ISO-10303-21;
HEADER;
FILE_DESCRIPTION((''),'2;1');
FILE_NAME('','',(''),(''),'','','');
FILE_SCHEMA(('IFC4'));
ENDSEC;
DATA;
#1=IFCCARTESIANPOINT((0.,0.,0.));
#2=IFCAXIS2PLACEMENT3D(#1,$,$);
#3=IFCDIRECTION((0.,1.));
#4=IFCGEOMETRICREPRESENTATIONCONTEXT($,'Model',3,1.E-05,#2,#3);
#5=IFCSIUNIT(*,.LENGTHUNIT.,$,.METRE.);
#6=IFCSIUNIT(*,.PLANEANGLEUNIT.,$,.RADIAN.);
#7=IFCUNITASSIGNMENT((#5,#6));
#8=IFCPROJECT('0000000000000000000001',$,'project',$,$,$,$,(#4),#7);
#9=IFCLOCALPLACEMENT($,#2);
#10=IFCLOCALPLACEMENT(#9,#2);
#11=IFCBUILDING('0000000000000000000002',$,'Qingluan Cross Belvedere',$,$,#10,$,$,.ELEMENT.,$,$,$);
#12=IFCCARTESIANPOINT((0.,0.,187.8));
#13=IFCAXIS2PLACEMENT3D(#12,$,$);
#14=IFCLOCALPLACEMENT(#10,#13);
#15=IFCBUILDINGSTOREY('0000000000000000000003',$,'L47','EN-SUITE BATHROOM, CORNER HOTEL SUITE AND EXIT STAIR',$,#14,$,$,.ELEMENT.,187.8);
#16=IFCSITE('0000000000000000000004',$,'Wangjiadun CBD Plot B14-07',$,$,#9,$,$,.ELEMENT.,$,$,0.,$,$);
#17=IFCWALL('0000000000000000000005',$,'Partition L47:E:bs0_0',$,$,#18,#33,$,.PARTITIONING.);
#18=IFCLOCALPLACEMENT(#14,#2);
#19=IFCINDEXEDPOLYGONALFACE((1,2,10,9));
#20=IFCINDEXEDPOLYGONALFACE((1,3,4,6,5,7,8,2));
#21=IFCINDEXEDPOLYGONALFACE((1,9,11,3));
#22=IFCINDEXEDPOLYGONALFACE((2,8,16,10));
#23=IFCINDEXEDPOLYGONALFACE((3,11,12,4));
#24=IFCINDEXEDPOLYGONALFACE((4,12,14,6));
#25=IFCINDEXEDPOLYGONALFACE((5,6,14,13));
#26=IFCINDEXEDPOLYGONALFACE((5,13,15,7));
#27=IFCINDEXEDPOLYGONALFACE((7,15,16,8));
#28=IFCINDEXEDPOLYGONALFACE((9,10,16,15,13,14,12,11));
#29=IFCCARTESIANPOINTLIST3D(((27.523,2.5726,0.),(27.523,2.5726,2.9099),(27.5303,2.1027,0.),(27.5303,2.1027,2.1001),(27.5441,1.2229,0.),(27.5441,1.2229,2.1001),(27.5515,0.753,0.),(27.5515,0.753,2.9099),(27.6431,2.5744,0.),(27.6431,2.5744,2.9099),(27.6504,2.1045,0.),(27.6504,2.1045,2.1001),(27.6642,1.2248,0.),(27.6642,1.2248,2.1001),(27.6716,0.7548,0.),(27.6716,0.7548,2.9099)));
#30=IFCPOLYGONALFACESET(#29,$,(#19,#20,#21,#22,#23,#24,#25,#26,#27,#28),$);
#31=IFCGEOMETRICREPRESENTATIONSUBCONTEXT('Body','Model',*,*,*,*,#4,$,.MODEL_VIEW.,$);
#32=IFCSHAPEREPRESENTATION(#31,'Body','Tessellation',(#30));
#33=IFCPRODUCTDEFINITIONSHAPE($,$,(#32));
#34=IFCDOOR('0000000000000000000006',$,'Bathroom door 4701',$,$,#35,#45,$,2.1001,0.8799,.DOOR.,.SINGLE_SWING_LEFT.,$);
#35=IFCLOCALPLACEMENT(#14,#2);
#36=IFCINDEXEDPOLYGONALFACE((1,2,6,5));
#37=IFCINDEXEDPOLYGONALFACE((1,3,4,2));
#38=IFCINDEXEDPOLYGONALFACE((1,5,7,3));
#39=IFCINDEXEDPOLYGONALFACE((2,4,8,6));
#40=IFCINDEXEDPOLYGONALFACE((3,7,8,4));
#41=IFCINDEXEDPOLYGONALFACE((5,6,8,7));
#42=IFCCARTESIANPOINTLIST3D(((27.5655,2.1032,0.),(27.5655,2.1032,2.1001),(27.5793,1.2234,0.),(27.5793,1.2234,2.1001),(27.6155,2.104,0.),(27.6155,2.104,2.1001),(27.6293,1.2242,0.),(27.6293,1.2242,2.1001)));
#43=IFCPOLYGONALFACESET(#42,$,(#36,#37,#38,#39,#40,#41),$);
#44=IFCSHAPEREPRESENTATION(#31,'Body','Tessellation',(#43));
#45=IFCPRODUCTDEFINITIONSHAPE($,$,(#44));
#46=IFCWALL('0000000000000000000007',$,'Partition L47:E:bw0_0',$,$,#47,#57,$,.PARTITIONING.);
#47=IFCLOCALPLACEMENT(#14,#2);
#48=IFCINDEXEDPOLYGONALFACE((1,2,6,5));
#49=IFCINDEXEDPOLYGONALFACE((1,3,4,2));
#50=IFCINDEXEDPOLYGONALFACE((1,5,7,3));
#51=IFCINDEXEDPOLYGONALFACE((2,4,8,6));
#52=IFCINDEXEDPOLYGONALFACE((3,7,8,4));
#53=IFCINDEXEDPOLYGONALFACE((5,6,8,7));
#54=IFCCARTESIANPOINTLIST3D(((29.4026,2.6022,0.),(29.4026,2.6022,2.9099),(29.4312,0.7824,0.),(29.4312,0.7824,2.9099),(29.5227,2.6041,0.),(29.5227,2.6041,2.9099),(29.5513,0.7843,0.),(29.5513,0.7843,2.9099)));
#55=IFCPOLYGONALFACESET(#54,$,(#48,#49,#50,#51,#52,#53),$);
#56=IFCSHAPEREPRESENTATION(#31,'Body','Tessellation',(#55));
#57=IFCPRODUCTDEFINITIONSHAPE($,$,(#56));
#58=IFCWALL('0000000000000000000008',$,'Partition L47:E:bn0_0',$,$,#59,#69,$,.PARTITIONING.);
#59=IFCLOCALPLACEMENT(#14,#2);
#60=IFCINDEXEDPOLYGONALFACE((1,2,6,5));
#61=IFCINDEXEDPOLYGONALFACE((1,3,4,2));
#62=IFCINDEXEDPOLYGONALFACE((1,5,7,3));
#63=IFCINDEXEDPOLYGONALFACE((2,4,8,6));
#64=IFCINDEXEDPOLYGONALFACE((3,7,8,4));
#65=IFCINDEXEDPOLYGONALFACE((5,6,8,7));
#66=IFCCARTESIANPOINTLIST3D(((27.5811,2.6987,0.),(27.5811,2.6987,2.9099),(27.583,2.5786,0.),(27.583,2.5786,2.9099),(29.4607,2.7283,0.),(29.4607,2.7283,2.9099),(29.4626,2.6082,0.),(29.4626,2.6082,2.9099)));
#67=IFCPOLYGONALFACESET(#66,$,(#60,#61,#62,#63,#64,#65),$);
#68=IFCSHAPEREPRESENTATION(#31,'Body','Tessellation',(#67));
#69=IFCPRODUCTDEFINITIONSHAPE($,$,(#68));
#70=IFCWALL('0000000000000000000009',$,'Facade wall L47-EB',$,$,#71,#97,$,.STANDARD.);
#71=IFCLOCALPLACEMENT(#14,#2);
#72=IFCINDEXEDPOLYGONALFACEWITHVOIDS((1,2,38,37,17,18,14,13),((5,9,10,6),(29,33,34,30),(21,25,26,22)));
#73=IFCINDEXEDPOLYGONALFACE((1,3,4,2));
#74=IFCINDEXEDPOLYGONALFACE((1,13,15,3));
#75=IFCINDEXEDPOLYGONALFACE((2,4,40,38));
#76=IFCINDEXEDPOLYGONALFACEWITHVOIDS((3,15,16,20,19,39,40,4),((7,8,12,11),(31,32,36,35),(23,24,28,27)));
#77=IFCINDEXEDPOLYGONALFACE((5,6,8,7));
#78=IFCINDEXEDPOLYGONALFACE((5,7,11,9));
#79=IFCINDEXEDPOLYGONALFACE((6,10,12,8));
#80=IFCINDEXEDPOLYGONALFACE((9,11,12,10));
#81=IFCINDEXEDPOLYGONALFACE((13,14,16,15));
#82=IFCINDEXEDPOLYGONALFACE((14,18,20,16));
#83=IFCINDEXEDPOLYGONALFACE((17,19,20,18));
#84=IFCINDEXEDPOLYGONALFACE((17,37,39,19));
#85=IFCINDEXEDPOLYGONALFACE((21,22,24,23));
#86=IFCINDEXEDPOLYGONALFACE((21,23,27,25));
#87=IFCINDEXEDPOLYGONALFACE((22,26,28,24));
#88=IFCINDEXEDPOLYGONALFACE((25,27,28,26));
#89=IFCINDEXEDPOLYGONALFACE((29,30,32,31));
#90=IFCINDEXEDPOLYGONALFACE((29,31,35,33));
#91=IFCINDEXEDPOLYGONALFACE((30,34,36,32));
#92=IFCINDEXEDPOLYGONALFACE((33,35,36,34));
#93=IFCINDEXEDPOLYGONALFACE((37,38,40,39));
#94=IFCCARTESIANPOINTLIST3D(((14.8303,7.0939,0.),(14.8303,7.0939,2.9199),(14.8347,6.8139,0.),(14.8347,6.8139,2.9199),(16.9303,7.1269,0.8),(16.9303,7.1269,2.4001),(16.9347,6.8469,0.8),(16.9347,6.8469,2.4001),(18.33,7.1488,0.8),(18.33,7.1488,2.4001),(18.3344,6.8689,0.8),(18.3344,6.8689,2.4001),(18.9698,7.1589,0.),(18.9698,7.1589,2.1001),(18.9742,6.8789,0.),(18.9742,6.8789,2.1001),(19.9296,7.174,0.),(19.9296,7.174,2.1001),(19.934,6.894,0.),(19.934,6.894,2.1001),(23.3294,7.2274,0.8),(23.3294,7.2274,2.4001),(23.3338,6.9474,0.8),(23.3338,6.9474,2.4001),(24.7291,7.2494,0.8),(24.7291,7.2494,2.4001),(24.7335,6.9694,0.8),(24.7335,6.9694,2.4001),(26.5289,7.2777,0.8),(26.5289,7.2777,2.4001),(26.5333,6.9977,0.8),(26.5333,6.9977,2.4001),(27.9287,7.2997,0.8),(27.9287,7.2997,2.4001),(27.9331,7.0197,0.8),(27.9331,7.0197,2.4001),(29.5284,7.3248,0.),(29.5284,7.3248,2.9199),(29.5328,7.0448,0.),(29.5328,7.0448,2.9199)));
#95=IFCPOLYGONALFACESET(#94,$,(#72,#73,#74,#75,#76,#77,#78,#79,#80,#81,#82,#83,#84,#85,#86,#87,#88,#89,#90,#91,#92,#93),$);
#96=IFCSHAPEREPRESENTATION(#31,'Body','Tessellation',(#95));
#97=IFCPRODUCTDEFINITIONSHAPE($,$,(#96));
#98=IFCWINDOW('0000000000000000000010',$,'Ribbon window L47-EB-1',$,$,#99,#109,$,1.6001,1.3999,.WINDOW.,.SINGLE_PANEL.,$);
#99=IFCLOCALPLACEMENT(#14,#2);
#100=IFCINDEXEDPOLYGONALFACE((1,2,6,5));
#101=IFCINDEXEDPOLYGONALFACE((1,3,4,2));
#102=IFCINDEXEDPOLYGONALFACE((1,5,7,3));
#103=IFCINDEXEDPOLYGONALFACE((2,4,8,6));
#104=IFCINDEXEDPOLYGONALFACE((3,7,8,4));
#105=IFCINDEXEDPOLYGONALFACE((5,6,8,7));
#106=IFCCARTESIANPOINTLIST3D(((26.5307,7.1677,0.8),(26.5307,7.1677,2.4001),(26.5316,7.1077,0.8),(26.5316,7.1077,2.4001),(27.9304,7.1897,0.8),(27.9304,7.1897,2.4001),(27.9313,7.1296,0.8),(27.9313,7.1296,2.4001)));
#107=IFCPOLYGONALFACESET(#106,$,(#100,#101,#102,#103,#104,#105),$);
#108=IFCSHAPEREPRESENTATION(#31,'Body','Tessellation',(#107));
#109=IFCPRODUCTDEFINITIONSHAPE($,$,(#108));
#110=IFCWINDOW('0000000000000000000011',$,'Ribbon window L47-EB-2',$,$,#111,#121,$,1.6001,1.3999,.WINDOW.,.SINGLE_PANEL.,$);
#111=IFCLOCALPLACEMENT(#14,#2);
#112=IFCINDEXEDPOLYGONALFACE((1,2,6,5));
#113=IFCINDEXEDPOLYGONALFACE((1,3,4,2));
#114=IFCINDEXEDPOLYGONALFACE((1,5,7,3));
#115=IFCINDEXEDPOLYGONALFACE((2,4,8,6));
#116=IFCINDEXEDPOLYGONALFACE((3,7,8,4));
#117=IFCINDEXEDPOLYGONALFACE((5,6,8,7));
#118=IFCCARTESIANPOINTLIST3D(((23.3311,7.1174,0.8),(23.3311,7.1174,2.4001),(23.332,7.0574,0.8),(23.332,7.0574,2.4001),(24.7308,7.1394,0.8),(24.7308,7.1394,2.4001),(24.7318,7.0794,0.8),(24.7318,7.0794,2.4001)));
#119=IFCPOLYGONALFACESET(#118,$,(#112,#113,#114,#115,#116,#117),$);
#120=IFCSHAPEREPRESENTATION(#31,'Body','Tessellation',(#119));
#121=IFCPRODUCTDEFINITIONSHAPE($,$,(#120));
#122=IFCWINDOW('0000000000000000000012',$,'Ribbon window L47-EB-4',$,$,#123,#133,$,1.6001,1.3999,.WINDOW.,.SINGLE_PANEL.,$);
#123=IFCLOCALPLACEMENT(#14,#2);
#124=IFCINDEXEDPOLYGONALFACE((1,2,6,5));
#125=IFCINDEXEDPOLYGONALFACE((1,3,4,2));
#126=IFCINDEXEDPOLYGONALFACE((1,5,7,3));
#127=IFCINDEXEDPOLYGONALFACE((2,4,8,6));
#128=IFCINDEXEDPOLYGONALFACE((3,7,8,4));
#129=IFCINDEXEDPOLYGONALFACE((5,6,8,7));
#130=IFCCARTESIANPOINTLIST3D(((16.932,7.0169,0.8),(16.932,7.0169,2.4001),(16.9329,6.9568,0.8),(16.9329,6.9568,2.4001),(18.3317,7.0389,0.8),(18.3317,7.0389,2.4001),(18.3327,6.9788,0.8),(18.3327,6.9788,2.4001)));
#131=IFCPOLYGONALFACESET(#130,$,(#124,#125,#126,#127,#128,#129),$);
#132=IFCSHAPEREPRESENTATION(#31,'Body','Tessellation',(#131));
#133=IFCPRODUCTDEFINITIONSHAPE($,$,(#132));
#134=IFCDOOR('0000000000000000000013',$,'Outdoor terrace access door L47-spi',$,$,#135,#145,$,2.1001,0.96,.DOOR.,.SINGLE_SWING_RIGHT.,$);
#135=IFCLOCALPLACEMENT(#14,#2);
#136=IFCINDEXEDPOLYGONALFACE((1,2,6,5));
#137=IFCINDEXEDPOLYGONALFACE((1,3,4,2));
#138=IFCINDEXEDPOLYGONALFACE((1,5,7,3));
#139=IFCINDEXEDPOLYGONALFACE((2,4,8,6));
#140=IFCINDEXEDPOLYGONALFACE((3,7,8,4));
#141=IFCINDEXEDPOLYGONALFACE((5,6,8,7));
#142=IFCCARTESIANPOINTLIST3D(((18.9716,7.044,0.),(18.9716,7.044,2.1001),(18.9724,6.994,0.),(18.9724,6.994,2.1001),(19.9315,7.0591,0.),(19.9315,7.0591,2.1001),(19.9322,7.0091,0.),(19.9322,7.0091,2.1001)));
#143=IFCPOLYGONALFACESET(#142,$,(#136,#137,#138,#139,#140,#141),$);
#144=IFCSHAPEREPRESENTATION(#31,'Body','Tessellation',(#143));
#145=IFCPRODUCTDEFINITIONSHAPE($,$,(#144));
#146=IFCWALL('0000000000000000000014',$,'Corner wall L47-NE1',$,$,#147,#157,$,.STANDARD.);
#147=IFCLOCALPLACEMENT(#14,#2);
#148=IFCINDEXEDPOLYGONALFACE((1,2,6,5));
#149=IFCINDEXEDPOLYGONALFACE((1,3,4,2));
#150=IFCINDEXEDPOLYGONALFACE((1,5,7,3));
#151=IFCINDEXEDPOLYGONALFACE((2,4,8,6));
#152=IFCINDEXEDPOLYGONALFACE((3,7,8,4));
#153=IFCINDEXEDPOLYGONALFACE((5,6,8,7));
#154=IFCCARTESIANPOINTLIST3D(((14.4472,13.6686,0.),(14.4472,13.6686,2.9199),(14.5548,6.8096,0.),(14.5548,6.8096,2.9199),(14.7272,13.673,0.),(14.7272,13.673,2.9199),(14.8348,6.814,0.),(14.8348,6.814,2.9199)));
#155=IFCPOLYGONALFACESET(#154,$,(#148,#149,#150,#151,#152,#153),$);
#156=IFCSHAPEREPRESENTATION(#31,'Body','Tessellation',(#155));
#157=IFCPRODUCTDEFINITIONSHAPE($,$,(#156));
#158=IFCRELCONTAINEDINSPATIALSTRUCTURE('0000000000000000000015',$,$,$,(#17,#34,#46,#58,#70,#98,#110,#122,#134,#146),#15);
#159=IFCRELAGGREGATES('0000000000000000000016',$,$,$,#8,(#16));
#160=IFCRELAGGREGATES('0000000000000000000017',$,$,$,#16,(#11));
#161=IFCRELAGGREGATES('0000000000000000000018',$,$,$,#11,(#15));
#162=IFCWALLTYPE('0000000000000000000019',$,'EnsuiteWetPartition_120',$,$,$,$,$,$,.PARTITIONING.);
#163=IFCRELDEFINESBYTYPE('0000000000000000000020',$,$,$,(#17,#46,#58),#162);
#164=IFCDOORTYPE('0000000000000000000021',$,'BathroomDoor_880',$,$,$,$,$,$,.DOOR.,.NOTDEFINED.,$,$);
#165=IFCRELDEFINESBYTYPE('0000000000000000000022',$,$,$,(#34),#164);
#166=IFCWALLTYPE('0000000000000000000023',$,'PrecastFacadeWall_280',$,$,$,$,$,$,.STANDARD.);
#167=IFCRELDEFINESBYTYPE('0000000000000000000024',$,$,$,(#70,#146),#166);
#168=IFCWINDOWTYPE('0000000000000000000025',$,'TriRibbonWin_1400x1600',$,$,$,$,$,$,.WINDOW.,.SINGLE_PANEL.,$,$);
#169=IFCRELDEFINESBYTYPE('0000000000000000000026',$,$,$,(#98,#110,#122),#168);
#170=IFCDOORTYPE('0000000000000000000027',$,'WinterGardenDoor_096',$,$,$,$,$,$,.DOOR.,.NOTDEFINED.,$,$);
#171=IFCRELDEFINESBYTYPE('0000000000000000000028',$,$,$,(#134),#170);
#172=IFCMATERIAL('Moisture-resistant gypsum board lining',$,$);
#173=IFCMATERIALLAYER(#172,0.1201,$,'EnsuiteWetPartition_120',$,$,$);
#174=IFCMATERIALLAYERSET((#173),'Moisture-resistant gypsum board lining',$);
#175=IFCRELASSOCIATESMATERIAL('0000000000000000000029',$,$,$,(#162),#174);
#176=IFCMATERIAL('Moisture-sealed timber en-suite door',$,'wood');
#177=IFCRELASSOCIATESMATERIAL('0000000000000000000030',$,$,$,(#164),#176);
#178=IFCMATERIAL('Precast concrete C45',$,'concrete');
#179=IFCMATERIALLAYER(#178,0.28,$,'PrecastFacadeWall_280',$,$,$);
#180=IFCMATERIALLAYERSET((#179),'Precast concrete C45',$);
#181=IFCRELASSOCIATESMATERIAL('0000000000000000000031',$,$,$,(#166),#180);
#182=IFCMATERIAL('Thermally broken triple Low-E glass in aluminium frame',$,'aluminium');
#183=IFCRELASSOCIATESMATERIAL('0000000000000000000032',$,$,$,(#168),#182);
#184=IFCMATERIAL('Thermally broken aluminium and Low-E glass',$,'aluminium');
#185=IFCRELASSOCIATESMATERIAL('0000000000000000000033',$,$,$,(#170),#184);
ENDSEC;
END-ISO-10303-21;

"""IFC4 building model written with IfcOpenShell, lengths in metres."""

from ifc_helpers import new_model, si_unit, direction, frame, frame_2d, origin, place, context, subcontext, project, spatial, rectangle, extrude, material, layer, layer_set, type_object, element, fill, save


model = new_model("IFC4")

# Units and contexts
model_context = context("Model", 3, precision=1e-05, world=origin(), true_north=direction((0.0, 1.0)))
body_context = subcontext(model_context, "Body", "Model", "MODEL_VIEW")
ifc_project = project(units=[si_unit("LENGTHUNIT", "METRE"), si_unit("PLANEANGLEUNIT", "RADIAN")], contexts=[model_context])

# Site, building, storey
site_placement = place(None, origin())
site = spatial("IfcSite", under=ifc_project, at=site_placement, Name="Wangjiadun CBD Plot B14-07", CompositionType="ELEMENT", RefElevation=0.0)
building_placement = place(site_placement, origin())
building = spatial("IfcBuilding", under=site, at=building_placement, Name="Qingluan Cross Belvedere", CompositionType="ELEMENT")
storey_placement = place(building_placement, frame((0.0, 0.0, 187.8)))
storey = spatial("IfcBuildingStorey", under=building, at=storey_placement, Name="L47", Description="EN-SUITE BATHROOM, CORNER HOTEL SUITE AND EXIT STAIR", CompositionType="ELEMENT", Elevation=187.8)

# Wall, opening, door
ifc_material_1 = material(Name="Moisture-resistant gypsum board lining")
ifc_layer_1 = layer(ifc_material_1, 0.1201, Name="EnsuiteWetPartition_120")
ifc_layer_set_1 = layer_set([ifc_layer_1], Name="Moisture-resistant gypsum board lining")
wall_type_1 = type_object("IfcWallType", Name="EnsuiteWetPartition_120", PredefinedType="PARTITIONING", material=ifc_layer_set_1)
wall_1_placement = place(storey_placement, frame((27.6116, 0.7539, 0.0), z_axis=(0.0, 0.0, 1.0), x_axis=(-0.015696, 0.999877, 0.0)))
wall_1 = element("IfcWall", 1, at=wall_1_placement, inside=storey, type_object=wall_type_1, Name="Partition L47:E:bs0_0", PredefinedType="PARTITIONING", context=body_context, shape_type="SweptSolid", body=[
    extrude(rectangle(XDim=1.8198, YDim=0.1201, at=frame_2d((0.9099, 0.0))), origin(), (0.0, 0.0, 1.0), 2.9099),
])
opening_1_placement = place(wall_1_placement, frame((0.47, 0.0, 0.0)))
opening_1 = element("IfcOpeningElement", 2, at=opening_1_placement, cuts=wall_1, PredefinedType="OPENING", context=body_context, shape_type="SweptSolid", body=[
    extrude(rectangle(XDim=0.8799, YDim=2.1001, at=frame_2d((0.4399, 1.05))), frame((0.0, 0.0701, 0.0), z_axis=(0.0, -1.0, 0.0), x_axis=(1.0, 0.0, 0.0)), (0.0, 0.0, 1.0), 0.1401),
])
ifc_material_2 = material(Name="Moisture-sealed timber en-suite door", Category="wood")
door_type_1 = type_object("IfcDoorType", Name="BathroomDoor_880", OperationType="NOTDEFINED", PredefinedType="DOOR", material=ifc_material_2)
door_1_placement = place(opening_1_placement, origin())
door_1 = element("IfcDoor", 3, at=door_1_placement, inside=storey, type_object=door_type_1, Name="Bathroom door 4701", OperationType="SINGLE_SWING_LEFT", OverallHeight=2.1001, OverallWidth=0.8799, PredefinedType="DOOR", context=body_context, shape_type="SweptSolid", body=[
    extrude(rectangle(XDim=0.8799, YDim=2.1001, at=frame_2d((0.4399, 1.05))), frame((0.0, 0.0249, 0.0), z_axis=(0.0, -1.0, 0.0), x_axis=(1.0, 0.0, 0.0)), (0.0, 0.0, 1.0), 0.05),
])
fill(opening_1, door_1)

# Walls
wall_2_placement = place(storey_placement, frame((29.4912, 0.7832, 0.0), z_axis=(0.0, 0.0, 1.0), x_axis=(-0.015694, 0.999877, 0.0)))
element("IfcWall", 4, at=wall_2_placement, inside=storey, type_object=wall_type_1, Name="Partition L47:E:bw0_0", PredefinedType="PARTITIONING", context=body_context, shape_type="SweptSolid", body=[
    extrude(rectangle(XDim=1.8201, YDim=0.1201, at=frame_2d((0.9102, 0.0))), origin(), (0.0, 0.0, 1.0), 2.9099),
])
wall_3_placement = place(storey_placement, frame((27.582, 2.6387, 0.0), z_axis=(0.0, 0.0, 1.0), x_axis=(0.999877, 0.015714, 0.0)))
element("IfcWall", 5, at=wall_3_placement, inside=storey, type_object=wall_type_1, Name="Partition L47:E:bn0_0", PredefinedType="PARTITIONING", context=body_context, shape_type="SweptSolid", body=[
    extrude(rectangle(XDim=1.8799, YDim=0.1201, at=frame_2d((0.9399, 0.0))), origin(), (0.0, 0.0, 1.0), 2.9099),
])

# Wall, openings, windows, door
ifc_material_3 = material(Name="Precast concrete C45", Category="concrete")
ifc_layer_2 = layer(ifc_material_3, 0.28, Name="PrecastFacadeWall_280")
ifc_layer_set_2 = layer_set([ifc_layer_2], Name="Precast concrete C45")
wall_type_2 = type_object("IfcWallType", Name="PrecastFacadeWall_280", PredefinedType="STANDARD", material=ifc_layer_set_2)
wall_4_placement = place(storey_placement, frame((29.5308, 7.1848, 0.0), z_axis=(0.0, 0.0, 1.0), x_axis=(-0.999877, -0.015711, 0.0)))
wall_4 = element("IfcWall", 6, at=wall_4_placement, inside=storey, type_object=wall_type_2, Name="Facade wall L47-EB", PredefinedType="STANDARD", context=body_context, shape_type="SweptSolid", body=[
    extrude(rectangle(XDim=14.7, YDim=0.28, at=frame_2d((7.3501, 0.0))), origin(), (0.0, 0.0, 1.0), 2.9199),
])
opening_2_placement = place(wall_4_placement, frame((1.6001, 0.0, 0.8)))
opening_2 = element("IfcOpeningElement", 7, at=opening_2_placement, cuts=wall_4, PredefinedType="OPENING", context=body_context, shape_type="SweptSolid", body=[
    extrude(rectangle(XDim=1.3999, YDim=1.6001, at=frame_2d((0.7, 0.8))), frame((0.0, 0.1499, 0.0), z_axis=(0.0, -1.0, 0.0), x_axis=(1.0, 0.0, 0.0)), (0.0, 0.0, 1.0), 0.3),
])
opening_3_placement = place(wall_4_placement, frame((4.8, 0.0, 0.8)))
opening_3 = element("IfcOpeningElement", 8, at=opening_3_placement, cuts=wall_4, PredefinedType="OPENING", context=body_context, shape_type="SweptSolid", body=[
    extrude(rectangle(XDim=1.3999, YDim=1.6001, at=frame_2d((0.7, 0.8))), frame((0.0, 0.1499, 0.0), z_axis=(0.0, -1.0, 0.0), x_axis=(1.0, 0.0, 0.0)), (0.0, 0.0, 1.0), 0.3),
])
opening_4_placement = place(wall_4_placement, frame((11.2, 0.0, 0.8)))
opening_4 = element("IfcOpeningElement", 9, at=opening_4_placement, cuts=wall_4, PredefinedType="OPENING", context=body_context, shape_type="SweptSolid", body=[
    extrude(rectangle(XDim=1.3999, YDim=1.6001, at=frame_2d((0.7, 0.8))), frame((0.0, 0.1499, 0.0), z_axis=(0.0, -1.0, 0.0), x_axis=(1.0, 0.0, 0.0)), (0.0, 0.0, 1.0), 0.3),
])
opening_5_placement = place(wall_4_placement, frame((9.6001, 0.0, 0.0)))
opening_5 = element("IfcOpeningElement", 10, at=opening_5_placement, cuts=wall_4, PredefinedType="OPENING", context=body_context, shape_type="SweptSolid", body=[
    extrude(rectangle(XDim=0.96, YDim=2.1001, at=frame_2d((0.48, 1.05))), frame((0.0, 0.1499, 0.0), z_axis=(0.0, -1.0, 0.0), x_axis=(1.0, 0.0, 0.0)), (0.0, 0.0, 1.0), 0.3),
])
ifc_material_4 = material(Name="Thermally broken triple Low-E glass in aluminium frame", Category="aluminium")
window_type = type_object("IfcWindowType", Name="TriRibbonWin_1400x1600", PartitioningType="SINGLE_PANEL", PredefinedType="WINDOW", material=ifc_material_4)
window_1_placement = place(opening_2_placement, origin())
window_1 = element("IfcWindow", 11, at=window_1_placement, inside=storey, type_object=window_type, Name="Ribbon window L47-EB-1", OverallHeight=1.6001, OverallWidth=1.3999, PartitioningType="SINGLE_PANEL", PredefinedType="WINDOW", context=body_context, shape_type="SweptSolid", body=[
    extrude(rectangle(XDim=1.3999, YDim=1.6001, at=frame_2d((0.7, 0.8))), frame((0.0, 0.03, 0.0), z_axis=(0.0, -1.0, 0.0), x_axis=(1.0, 0.0, 0.0)), (0.0, 0.0, 1.0), 0.0601),
])
fill(opening_2, window_1)
window_2_placement = place(opening_3_placement, origin())
window_2 = element("IfcWindow", 12, at=window_2_placement, inside=storey, type_object=window_type, Name="Ribbon window L47-EB-2", OverallHeight=1.6001, OverallWidth=1.3999, PartitioningType="SINGLE_PANEL", PredefinedType="WINDOW", context=body_context, shape_type="SweptSolid", body=[
    extrude(rectangle(XDim=1.3999, YDim=1.6001, at=frame_2d((0.7, 0.8))), frame((0.0, 0.03, 0.0), z_axis=(0.0, -1.0, 0.0), x_axis=(1.0, 0.0, 0.0)), (0.0, 0.0, 1.0), 0.0601),
])
fill(opening_3, window_2)
window_3_placement = place(opening_4_placement, origin())
window_3 = element("IfcWindow", 13, at=window_3_placement, inside=storey, type_object=window_type, Name="Ribbon window L47-EB-4", OverallHeight=1.6001, OverallWidth=1.3999, PartitioningType="SINGLE_PANEL", PredefinedType="WINDOW", context=body_context, shape_type="SweptSolid", body=[
    extrude(rectangle(XDim=1.3999, YDim=1.6001, at=frame_2d((0.7, 0.8))), frame((0.0, 0.03, 0.0), z_axis=(0.0, -1.0, 0.0), x_axis=(1.0, 0.0, 0.0)), (0.0, 0.0, 1.0), 0.0601),
])
fill(opening_4, window_3)
ifc_material_5 = material(Name="Thermally broken aluminium and Low-E glass", Category="aluminium")
door_type_2 = type_object("IfcDoorType", Name="WinterGardenDoor_096", OperationType="NOTDEFINED", PredefinedType="DOOR", material=ifc_material_5)
door_2_placement = place(opening_5_placement, origin())
door_2 = element("IfcDoor", 14, at=door_2_placement, inside=storey, type_object=door_type_2, Name="Outdoor terrace access door L47-spi", OperationType="SINGLE_SWING_RIGHT", OverallHeight=2.1001, OverallWidth=0.96, PredefinedType="DOOR", context=body_context, shape_type="SweptSolid", body=[
    extrude(rectangle(XDim=0.96, YDim=2.1001, at=frame_2d((0.48, 1.05))), frame((0.0, 0.0249, 0.0), z_axis=(0.0, -1.0, 0.0), x_axis=(1.0, 0.0, 0.0)), (0.0, 0.0, 1.0), 0.05),
])
fill(opening_5, door_2)

# Wall
wall_5_placement = place(storey_placement, frame((14.6948, 6.8118, 0.0), z_axis=(0.0, 0.0, 1.0), x_axis=(-0.015695, 0.999877, 0.0)))
element("IfcWall", 15, at=wall_5_placement, inside=storey, type_object=wall_type_2, Name="Corner wall L47-NE1", PredefinedType="STANDARD", context=body_context, shape_type="SweptSolid", body=[
    extrude(rectangle(XDim=6.8599, YDim=0.28, at=frame_2d((3.4299, 0.0))), origin(), (0.0, 0.0, 1.0), 2.9199),
])

save(model, "model.ifc")
